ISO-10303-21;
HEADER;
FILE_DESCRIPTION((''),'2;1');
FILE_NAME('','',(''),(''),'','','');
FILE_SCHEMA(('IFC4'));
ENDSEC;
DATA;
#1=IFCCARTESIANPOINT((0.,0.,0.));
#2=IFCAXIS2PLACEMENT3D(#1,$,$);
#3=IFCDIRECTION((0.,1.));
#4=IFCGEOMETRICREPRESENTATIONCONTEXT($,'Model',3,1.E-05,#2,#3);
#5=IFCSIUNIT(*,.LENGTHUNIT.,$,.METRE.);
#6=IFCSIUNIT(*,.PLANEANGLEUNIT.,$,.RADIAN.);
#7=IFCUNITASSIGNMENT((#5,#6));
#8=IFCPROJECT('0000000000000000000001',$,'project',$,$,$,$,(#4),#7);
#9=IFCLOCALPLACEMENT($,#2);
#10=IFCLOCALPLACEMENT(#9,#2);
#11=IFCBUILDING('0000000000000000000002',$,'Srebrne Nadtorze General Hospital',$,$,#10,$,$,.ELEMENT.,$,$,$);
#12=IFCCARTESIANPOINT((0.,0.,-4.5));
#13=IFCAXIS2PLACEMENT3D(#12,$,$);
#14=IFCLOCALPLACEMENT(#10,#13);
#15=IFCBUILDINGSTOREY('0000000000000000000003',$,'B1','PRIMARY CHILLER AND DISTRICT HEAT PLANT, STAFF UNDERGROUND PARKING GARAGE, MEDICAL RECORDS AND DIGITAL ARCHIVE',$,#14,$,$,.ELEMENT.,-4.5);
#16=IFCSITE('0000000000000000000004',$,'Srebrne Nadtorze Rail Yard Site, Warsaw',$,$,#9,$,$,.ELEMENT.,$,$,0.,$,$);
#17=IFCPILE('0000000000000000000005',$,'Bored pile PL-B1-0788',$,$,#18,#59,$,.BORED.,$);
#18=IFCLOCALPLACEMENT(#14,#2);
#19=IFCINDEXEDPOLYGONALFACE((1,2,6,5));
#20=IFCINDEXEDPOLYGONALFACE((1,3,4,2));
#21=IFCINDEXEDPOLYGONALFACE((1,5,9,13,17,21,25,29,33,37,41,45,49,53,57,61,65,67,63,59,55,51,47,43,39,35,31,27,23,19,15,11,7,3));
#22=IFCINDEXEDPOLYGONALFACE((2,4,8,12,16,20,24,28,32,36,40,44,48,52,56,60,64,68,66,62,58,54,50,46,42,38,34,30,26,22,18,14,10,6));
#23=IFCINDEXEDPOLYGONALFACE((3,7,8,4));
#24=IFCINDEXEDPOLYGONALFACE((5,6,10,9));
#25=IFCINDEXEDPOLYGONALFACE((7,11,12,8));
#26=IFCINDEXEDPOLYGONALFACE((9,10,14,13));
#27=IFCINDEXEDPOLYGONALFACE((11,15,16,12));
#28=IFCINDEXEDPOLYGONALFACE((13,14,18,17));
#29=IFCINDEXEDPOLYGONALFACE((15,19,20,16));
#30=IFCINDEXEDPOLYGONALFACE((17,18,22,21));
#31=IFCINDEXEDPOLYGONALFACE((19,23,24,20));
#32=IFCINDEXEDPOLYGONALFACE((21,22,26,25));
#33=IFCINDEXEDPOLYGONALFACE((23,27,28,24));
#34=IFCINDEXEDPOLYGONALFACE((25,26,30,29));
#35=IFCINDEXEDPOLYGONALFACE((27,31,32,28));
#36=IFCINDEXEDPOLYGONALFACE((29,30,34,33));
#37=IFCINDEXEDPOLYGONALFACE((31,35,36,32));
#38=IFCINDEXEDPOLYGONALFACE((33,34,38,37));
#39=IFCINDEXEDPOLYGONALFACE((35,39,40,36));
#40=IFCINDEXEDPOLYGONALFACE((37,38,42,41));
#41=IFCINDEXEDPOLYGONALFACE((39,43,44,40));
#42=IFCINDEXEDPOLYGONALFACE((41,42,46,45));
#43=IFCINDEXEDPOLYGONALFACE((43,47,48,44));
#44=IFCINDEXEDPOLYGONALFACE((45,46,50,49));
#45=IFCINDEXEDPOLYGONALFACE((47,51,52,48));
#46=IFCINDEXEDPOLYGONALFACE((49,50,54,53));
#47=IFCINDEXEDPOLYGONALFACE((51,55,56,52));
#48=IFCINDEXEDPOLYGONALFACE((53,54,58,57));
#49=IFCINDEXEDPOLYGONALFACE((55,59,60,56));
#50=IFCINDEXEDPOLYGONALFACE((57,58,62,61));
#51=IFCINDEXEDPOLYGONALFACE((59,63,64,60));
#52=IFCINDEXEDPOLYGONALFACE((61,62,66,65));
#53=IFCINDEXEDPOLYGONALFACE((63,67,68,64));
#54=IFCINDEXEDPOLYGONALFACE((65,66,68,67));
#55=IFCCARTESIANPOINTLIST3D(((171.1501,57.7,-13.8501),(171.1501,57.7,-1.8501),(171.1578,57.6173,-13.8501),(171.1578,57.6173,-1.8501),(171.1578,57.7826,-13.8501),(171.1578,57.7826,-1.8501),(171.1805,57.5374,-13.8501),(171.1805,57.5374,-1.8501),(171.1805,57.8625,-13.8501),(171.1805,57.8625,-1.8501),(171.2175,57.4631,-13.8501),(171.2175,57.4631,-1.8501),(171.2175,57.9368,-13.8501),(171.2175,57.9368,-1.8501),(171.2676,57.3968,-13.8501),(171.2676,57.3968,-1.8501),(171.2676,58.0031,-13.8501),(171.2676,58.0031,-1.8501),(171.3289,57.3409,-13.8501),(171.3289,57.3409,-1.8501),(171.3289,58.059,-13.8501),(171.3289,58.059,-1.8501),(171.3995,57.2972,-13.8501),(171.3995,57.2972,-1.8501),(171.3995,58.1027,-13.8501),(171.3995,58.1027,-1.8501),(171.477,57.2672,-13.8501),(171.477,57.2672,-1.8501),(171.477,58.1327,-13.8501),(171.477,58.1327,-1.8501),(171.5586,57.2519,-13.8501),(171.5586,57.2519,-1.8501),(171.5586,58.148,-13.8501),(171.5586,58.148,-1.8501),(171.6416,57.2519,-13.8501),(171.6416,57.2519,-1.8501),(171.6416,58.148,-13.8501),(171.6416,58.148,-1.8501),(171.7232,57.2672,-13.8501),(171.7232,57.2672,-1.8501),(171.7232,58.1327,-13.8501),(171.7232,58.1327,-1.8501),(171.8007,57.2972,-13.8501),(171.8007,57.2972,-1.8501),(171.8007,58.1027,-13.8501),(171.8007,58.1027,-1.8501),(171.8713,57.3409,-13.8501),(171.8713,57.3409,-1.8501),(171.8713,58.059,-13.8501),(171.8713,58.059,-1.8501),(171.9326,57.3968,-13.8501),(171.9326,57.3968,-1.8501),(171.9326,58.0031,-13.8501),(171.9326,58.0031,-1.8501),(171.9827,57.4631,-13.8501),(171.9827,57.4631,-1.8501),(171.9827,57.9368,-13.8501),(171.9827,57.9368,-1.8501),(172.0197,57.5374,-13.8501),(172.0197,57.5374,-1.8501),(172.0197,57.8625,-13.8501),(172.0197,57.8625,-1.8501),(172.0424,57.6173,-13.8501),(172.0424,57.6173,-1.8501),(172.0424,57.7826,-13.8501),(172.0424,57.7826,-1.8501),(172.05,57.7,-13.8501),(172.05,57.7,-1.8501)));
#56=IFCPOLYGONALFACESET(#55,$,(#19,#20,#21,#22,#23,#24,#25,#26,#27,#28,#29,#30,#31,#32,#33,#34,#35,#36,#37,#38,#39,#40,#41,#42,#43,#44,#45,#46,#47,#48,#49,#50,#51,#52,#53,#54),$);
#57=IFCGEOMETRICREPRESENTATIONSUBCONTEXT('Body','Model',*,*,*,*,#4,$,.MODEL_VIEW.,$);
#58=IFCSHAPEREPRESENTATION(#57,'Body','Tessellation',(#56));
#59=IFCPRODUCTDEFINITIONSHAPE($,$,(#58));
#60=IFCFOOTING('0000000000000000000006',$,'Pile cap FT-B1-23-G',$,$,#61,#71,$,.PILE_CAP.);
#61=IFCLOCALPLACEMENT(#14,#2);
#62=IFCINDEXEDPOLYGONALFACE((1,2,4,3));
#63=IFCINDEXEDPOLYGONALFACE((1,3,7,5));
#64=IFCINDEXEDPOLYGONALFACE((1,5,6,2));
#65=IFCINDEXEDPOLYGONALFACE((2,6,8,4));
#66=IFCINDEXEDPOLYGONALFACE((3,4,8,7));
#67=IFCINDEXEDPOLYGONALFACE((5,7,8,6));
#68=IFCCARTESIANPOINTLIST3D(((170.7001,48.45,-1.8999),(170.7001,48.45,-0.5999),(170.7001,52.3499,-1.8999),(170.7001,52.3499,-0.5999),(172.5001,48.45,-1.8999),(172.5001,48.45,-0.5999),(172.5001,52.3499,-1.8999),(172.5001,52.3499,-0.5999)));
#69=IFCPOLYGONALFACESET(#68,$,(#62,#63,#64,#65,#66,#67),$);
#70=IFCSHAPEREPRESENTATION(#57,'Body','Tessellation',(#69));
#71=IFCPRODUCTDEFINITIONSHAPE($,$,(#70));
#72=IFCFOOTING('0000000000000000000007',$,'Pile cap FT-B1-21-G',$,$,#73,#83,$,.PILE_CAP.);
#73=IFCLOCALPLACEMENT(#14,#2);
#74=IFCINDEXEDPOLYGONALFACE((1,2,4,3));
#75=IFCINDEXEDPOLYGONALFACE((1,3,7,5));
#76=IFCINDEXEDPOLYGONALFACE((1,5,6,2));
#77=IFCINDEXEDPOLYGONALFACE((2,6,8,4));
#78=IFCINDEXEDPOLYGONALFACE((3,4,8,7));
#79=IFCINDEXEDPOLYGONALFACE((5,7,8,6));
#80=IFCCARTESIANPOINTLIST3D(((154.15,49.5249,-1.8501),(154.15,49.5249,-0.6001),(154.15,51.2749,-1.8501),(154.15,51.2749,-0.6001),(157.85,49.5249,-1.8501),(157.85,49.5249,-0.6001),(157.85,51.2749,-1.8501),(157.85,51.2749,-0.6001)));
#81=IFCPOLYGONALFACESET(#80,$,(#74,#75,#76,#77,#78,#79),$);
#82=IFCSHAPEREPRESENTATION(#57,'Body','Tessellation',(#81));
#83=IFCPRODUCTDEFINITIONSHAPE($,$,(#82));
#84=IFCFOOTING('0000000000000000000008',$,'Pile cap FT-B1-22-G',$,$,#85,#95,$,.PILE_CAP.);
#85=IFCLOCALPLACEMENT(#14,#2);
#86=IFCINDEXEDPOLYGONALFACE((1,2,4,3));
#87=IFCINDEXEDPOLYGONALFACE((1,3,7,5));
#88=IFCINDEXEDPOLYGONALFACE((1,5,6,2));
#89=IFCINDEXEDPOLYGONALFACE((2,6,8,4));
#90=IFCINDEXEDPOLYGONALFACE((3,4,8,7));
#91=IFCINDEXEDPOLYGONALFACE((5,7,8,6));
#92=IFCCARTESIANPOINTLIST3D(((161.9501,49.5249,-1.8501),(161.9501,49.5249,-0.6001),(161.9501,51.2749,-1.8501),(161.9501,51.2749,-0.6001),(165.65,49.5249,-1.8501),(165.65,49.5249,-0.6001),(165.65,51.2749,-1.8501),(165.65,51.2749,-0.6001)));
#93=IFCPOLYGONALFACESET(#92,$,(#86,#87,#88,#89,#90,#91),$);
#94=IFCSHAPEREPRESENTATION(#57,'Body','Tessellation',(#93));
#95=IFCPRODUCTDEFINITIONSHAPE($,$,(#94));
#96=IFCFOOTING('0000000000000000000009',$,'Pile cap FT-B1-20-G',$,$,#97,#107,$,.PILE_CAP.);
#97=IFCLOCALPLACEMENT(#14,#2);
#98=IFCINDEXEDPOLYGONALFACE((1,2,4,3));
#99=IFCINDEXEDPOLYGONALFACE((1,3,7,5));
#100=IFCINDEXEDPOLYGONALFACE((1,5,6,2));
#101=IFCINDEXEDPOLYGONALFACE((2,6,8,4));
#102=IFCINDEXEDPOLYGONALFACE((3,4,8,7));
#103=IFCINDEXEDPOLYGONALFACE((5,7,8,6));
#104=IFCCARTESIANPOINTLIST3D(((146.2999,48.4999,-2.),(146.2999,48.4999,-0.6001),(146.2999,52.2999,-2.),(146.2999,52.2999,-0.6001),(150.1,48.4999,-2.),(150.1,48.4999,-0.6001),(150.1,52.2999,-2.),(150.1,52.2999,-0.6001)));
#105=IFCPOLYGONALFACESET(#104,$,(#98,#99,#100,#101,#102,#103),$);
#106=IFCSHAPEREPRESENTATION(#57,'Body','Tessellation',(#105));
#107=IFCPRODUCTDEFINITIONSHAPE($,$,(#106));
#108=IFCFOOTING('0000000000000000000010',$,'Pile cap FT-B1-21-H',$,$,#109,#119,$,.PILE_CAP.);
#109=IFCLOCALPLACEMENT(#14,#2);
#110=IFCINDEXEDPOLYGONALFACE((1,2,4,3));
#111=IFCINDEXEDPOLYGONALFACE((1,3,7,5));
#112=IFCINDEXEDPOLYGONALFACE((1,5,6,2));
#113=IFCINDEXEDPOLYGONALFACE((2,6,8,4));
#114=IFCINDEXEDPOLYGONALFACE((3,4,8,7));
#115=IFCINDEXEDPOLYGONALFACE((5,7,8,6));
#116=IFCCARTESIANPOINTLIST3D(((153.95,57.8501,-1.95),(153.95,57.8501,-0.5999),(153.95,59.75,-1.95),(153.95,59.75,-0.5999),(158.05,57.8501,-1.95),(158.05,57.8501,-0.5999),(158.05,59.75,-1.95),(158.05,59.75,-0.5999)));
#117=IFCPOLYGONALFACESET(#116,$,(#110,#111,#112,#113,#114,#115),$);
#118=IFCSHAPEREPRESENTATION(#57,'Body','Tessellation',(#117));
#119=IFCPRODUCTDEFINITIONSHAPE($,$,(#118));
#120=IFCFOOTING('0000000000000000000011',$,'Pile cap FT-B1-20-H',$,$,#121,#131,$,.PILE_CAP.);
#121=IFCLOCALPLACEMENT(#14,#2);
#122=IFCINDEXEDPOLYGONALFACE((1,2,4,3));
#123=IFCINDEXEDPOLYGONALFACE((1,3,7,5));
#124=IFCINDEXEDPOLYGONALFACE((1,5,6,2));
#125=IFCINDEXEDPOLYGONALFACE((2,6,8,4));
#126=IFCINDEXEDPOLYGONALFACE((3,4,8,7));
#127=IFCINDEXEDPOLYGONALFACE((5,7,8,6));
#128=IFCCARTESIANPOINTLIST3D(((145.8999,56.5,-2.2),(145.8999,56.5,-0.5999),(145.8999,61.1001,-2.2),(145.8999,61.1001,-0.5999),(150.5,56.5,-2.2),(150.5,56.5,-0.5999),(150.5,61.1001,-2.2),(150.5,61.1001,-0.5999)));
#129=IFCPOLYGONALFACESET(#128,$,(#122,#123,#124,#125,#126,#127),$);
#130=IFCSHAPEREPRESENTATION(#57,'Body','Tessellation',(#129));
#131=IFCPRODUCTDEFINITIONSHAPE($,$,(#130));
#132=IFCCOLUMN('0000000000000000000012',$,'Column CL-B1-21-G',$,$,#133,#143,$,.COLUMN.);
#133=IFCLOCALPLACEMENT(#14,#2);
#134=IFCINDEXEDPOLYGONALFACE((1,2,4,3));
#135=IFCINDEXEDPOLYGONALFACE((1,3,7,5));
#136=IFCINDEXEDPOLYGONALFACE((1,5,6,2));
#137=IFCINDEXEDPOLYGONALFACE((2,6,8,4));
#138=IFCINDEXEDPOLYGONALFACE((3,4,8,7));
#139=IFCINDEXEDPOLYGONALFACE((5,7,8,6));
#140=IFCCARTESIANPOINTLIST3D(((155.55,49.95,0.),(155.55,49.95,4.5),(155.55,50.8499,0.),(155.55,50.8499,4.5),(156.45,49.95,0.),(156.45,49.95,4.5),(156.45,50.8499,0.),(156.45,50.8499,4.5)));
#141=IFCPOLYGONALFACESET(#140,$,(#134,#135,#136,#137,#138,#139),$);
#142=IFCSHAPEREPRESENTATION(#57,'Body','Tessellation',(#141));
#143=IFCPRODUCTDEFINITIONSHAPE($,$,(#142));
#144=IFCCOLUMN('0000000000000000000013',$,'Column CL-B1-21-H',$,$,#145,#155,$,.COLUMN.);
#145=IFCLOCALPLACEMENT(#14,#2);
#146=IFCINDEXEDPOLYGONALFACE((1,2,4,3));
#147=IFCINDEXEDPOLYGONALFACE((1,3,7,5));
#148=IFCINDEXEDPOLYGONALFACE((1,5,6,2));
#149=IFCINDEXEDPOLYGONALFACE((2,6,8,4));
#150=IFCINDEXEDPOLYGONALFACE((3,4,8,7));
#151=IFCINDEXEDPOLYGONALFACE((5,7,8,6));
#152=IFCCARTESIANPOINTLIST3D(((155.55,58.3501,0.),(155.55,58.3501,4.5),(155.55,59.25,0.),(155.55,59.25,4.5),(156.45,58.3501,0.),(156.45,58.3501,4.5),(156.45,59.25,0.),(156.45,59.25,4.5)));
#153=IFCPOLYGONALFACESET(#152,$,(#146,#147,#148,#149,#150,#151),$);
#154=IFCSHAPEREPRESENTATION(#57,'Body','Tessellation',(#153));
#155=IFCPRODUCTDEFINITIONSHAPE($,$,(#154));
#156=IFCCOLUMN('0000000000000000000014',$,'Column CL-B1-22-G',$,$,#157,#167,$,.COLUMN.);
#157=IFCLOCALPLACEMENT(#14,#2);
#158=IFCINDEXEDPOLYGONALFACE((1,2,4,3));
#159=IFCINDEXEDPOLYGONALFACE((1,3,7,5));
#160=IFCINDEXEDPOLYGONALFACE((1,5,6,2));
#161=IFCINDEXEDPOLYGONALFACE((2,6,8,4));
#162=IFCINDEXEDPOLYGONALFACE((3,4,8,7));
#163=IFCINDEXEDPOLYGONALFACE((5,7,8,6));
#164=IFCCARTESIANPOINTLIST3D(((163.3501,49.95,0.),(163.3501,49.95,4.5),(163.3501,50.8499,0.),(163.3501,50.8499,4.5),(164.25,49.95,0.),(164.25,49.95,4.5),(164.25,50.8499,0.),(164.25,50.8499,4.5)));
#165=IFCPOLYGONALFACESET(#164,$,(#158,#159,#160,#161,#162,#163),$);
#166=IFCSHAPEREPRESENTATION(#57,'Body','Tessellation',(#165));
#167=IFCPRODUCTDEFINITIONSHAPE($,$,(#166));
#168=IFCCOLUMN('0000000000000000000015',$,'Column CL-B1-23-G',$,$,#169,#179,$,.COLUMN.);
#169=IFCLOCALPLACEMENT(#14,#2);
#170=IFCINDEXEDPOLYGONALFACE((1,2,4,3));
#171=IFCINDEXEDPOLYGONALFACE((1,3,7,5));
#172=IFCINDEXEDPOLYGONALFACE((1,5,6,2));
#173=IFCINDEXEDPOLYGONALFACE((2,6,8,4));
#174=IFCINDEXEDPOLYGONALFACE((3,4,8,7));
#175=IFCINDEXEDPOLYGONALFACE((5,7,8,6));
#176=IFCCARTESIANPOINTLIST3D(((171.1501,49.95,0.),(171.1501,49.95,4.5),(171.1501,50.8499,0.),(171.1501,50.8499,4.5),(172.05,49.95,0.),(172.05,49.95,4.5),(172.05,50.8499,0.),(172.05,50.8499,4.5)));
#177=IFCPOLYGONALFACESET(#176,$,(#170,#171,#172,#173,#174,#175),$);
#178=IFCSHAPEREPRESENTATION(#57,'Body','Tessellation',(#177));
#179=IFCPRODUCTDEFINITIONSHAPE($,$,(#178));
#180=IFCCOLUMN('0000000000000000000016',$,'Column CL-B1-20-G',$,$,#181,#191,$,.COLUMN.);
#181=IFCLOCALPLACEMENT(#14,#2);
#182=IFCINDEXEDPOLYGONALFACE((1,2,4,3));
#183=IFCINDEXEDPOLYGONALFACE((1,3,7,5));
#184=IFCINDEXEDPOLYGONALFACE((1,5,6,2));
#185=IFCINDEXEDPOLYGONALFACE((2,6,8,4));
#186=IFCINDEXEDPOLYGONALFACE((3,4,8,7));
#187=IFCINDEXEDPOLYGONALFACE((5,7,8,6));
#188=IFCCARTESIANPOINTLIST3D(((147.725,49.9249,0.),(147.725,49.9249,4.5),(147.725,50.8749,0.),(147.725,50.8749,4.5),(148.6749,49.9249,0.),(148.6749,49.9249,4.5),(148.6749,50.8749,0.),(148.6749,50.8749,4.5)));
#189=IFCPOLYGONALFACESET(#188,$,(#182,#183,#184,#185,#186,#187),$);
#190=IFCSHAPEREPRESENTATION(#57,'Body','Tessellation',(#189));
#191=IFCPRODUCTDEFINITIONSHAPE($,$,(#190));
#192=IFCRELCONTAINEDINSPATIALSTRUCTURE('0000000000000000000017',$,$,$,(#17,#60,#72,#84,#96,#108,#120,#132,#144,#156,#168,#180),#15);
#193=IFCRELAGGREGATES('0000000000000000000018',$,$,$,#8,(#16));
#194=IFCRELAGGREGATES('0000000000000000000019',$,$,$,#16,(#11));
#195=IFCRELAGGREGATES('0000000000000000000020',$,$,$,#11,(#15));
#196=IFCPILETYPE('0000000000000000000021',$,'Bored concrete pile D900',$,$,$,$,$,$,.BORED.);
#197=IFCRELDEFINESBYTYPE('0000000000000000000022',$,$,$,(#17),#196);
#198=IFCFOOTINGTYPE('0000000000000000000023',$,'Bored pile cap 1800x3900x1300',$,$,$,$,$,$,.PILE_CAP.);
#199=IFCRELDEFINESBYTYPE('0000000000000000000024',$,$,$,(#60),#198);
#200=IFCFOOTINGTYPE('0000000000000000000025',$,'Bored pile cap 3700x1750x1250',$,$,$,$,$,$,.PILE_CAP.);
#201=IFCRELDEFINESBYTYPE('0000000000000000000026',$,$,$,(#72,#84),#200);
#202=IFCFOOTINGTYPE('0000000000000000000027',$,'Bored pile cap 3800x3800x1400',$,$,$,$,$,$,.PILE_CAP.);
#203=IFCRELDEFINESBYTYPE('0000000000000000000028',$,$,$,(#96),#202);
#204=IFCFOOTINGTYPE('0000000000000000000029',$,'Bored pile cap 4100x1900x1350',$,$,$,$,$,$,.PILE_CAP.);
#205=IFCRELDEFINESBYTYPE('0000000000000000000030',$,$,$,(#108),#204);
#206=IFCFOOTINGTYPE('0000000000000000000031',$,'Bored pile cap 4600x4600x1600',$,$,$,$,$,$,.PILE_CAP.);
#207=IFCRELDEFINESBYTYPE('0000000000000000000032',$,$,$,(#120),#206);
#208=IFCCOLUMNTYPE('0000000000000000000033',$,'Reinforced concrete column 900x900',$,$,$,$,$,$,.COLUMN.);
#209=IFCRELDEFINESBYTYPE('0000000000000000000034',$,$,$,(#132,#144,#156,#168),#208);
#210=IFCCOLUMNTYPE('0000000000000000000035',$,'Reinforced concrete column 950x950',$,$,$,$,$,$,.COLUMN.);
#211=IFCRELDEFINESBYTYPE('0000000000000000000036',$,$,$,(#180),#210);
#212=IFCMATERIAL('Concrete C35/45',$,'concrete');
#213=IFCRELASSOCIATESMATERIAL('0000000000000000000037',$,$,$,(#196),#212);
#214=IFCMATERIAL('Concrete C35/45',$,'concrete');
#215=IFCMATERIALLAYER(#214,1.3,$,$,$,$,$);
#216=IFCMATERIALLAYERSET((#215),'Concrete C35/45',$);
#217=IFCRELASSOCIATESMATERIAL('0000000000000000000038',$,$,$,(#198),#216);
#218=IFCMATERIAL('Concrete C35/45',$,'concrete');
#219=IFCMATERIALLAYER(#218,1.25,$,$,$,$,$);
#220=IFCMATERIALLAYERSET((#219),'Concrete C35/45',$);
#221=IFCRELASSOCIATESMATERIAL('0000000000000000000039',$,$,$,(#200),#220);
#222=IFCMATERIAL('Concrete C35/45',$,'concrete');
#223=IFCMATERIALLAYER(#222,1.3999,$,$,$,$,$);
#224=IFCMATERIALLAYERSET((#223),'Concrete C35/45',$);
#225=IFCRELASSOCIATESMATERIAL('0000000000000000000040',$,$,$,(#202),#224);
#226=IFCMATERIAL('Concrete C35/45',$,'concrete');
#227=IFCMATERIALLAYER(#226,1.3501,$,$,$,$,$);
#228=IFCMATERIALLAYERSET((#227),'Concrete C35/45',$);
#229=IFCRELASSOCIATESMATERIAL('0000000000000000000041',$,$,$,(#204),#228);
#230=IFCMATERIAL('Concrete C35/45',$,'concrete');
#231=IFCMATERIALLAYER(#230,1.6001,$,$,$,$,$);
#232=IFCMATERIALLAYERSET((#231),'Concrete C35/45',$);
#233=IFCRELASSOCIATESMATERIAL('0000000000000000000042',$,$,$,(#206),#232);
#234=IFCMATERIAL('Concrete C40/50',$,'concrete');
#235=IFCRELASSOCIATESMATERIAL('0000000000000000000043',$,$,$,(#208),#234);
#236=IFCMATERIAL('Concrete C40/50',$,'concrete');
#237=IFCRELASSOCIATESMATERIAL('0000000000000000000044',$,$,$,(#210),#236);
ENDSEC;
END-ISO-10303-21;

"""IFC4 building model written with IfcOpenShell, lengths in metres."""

from ifc_helpers import new_model, si_unit, direction, frame, origin, origin_2d, place, context, subcontext, project, spatial, rectangle, circle, extrude, material, layer, layer_set, material_profile, profile_set, type_object, element, save


model = new_model("IFC4")

# Units and contexts
model_context = context("Model", 3, precision=1e-05, world=origin(), true_north=direction((0.0, 1.0)))
body_context = subcontext(model_context, "Body", "Model", "MODEL_VIEW")
ifc_project = project(units=[si_unit("LENGTHUNIT", "METRE"), si_unit("PLANEANGLEUNIT", "RADIAN")], contexts=[model_context])

# Site, building, storey
site_placement = place(None, origin())
site = spatial("IfcSite", under=ifc_project, at=site_placement, Name="Srebrne Nadtorze Rail Yard Site, Warsaw", CompositionType="ELEMENT", RefElevation=0.0)
building_placement = place(site_placement, origin())
building = spatial("IfcBuilding", under=site, at=building_placement, Name="Srebrne Nadtorze General Hospital", CompositionType="ELEMENT")
storey_placement = place(building_placement, frame((0.0, 0.0, -4.5)))
storey = spatial("IfcBuildingStorey", under=building, at=storey_placement, Name="B1", Description="PRIMARY CHILLER AND DISTRICT HEAT PLANT, STAFF UNDERGROUND PARKING GARAGE, MEDICAL RECORDS AND DIGITAL ARCHIVE", CompositionType="ELEMENT", Elevation=-4.5)

# Pile
ifc_material_1 = material(Name="Concrete C35/45", Category="concrete")
ifc_material_profile_1 = material_profile(ifc_material_1, circle(Radius=0.45, at=origin_2d()), Name="PILE-D900")
ifc_profile_set_1 = profile_set([ifc_material_profile_1], Name="Concrete C35/45")
pile_type_1 = type_object("IfcPileType", Name="Bored concrete pile D900", PredefinedType="BORED", material=ifc_profile_set_1)
for number, where, z_axis, x_axis, name in (
    (1, (171.6001, 57.7, -1.8501), (0.0, 0.0, -1.0), (1.0, 0.0, 0.0), "Bored pile PL-B1-0788"),
):
    element("IfcPile", number, at=place(storey_placement, frame(where, z_axis=z_axis, x_axis=x_axis)), inside=storey, type_object=pile_type_1, Name=name, PredefinedType="BORED", context=body_context, shape_type="SweptSolid", body=[
        extrude(circle(Radius=0.45, at=origin_2d()), origin(), (0.0, 0.0, 1.0), 12.0),
    ])

# Footings
ifc_material_2 = material(Name="Concrete C35/45", Category="concrete")
ifc_layer_1 = layer(ifc_material_2, 1.3)
ifc_layer_set_1 = layer_set([ifc_layer_1], Name="Concrete C35/45")
footing_type_1 = type_object("IfcFootingType", Name="Bored pile cap 1800x3900x1300", PredefinedType="PILE_CAP", material=ifc_layer_set_1)
footing_1_placement = place(storey_placement, frame((171.6001, 50.3999, -1.8999), z_axis=(0.0, 0.0, 1.0), x_axis=(1.0, 0.0, 0.0)))
element("IfcFooting", 2, at=footing_1_placement, inside=storey, type_object=footing_type_1, Name="Pile cap FT-B1-23-G", PredefinedType="PILE_CAP", context=body_context, shape_type="SweptSolid", body=[
    extrude(rectangle(XDim=1.8, YDim=3.8999, at=origin_2d()), origin(), (0.0, 0.0, 1.0), 1.3),
])
ifc_material_3 = material(Name="Concrete C35/45", Category="concrete")
ifc_layer_2 = layer(ifc_material_3, 1.25)
ifc_layer_set_2 = layer_set([ifc_layer_2], Name="Concrete C35/45")
footing_type_2 = type_object("IfcFootingType", Name="Bored pile cap 3700x1750x1250", PredefinedType="PILE_CAP", material=ifc_layer_set_2)
for number, where, z_axis, x_axis, name in (
    (3, (156.0, 50.3999, -1.8501), (0.0, 0.0, 1.0), (1.0, 0.0, 0.0), "Pile cap FT-B1-21-G"),
    (4, (163.8, 50.3999, -1.8501), (0.0, 0.0, 1.0), (1.0, 0.0, 0.0), "Pile cap FT-B1-22-G"),
):
    element("IfcFooting", number, at=place(storey_placement, frame(where, z_axis=z_axis, x_axis=x_axis)), inside=storey, type_object=footing_type_2, Name=name, PredefinedType="PILE_CAP", context=body_context, shape_type="SweptSolid", body=[
        extrude(rectangle(XDim=3.7, YDim=1.75, at=origin_2d()), origin(), (0.0, 0.0, 1.0), 1.25),
    ])
ifc_material_4 = material(Name="Concrete C35/45", Category="concrete")
ifc_layer_3 = layer(ifc_material_4, 1.3999)
ifc_layer_set_3 = layer_set([ifc_layer_3], Name="Concrete C35/45")
footing_type_3 = type_object("IfcFootingType", Name="Bored pile cap 3800x3800x1400", PredefinedType="PILE_CAP", material=ifc_layer_set_3)
footing_2_placement = place(storey_placement, frame((148.2, 50.3999, -2.0), z_axis=(0.0, 0.0, 1.0), x_axis=(1.0, 0.0, 0.0)))
element("IfcFooting", 5, at=footing_2_placement, inside=storey, type_object=footing_type_3, Name="Pile cap FT-B1-20-G", PredefinedType="PILE_CAP", context=body_context, shape_type="SweptSolid", body=[
    extrude(rectangle(XDim=3.8, YDim=3.8, at=origin_2d()), origin(), (0.0, 0.0, 1.0), 1.3999),
])
ifc_material_5 = material(Name="Concrete C35/45", Category="concrete")
ifc_layer_4 = layer(ifc_material_5, 1.3501)
ifc_layer_set_4 = layer_set([ifc_layer_4], Name="Concrete C35/45")
footing_type_4 = type_object("IfcFootingType", Name="Bored pile cap 4100x1900x1350", PredefinedType="PILE_CAP", material=ifc_layer_set_4)
footing_3_placement = place(storey_placement, frame((156.0, 58.8, -1.95), z_axis=(0.0, 0.0, 1.0), x_axis=(1.0, 0.0, 0.0)))
element("IfcFooting", 6, at=footing_3_placement, inside=storey, type_object=footing_type_4, Name="Pile cap FT-B1-21-H", PredefinedType="PILE_CAP", context=body_context, shape_type="SweptSolid", body=[
    extrude(rectangle(XDim=4.1001, YDim=1.8999, at=origin_2d()), origin(), (0.0, 0.0, 1.0), 1.3501),
])
ifc_material_6 = material(Name="Concrete C35/45", Category="concrete")
ifc_layer_5 = layer(ifc_material_6, 1.6001)
ifc_layer_set_5 = layer_set([ifc_layer_5], Name="Concrete C35/45")
footing_type_5 = type_object("IfcFootingType", Name="Bored pile cap 4600x4600x1600", PredefinedType="PILE_CAP", material=ifc_layer_set_5)
footing_4_placement = place(storey_placement, frame((148.2, 58.8, -2.2), z_axis=(0.0, 0.0, 1.0), x_axis=(1.0, 0.0, 0.0)))
element("IfcFooting", 7, at=footing_4_placement, inside=storey, type_object=footing_type_5, Name="Pile cap FT-B1-20-H", PredefinedType="PILE_CAP", context=body_context, shape_type="SweptSolid", body=[
    extrude(rectangle(XDim=4.6001, YDim=4.6001, at=origin_2d()), origin(), (0.0, 0.0, 1.0), 1.6001),
])

# Columns
ifc_material_7 = material(Name="Concrete C40/50", Category="concrete")
ifc_material_profile_2 = material_profile(ifc_material_7, rectangle(XDim=0.8999, YDim=0.8999, at=origin_2d()), Name="RC-COL-900x900")
ifc_profile_set_2 = profile_set([ifc_material_profile_2], Name="Concrete C40/50")
column_type_1 = type_object("IfcColumnType", Name="Reinforced concrete column 900x900", PredefinedType="COLUMN", material=ifc_profile_set_2)
for number, where, z_axis, x_axis, name in (
    (8, (156.0, 50.3999, 0.0), (0.0, 0.0, 1.0), (1.0, 0.0, 0.0), "Column CL-B1-21-G"),
    (9, (156.0, 58.8, 0.0), (0.0, 0.0, 1.0), (1.0, 0.0, 0.0), "Column CL-B1-21-H"),
    (10, (163.8, 50.3999, 0.0), (0.0, 0.0, 1.0), (1.0, 0.0, 0.0), "Column CL-B1-22-G"),
    (11, (171.6001, 50.3999, 0.0), (0.0, 0.0, 1.0), (1.0, 0.0, 0.0), "Column CL-B1-23-G"),
):
    element("IfcColumn", number, at=place(storey_placement, frame(where, z_axis=z_axis, x_axis=x_axis)), inside=storey, type_object=column_type_1, Name=name, PredefinedType="COLUMN", context=body_context, shape_type="SweptSolid", body=[
        extrude(rectangle(XDim=0.8999, YDim=0.8999, at=origin_2d()), origin(), (0.0, 0.0, 1.0), 4.5),
    ])
ifc_material_8 = material(Name="Concrete C40/50", Category="concrete")
ifc_material_profile_3 = material_profile(ifc_material_8, rectangle(XDim=0.95, YDim=0.95, at=origin_2d()), Name="RC-COL-950x950")
ifc_profile_set_3 = profile_set([ifc_material_profile_3], Name="Concrete C40/50")
column_type_2 = type_object("IfcColumnType", Name="Reinforced concrete column 950x950", PredefinedType="COLUMN", material=ifc_profile_set_3)
for number, where, z_axis, x_axis, name in (
    (12, (148.2, 50.3999, 0.0), (0.0, 0.0, 1.0), (1.0, 0.0, 0.0), "Column CL-B1-20-G"),
):
    element("IfcColumn", number, at=place(storey_placement, frame(where, z_axis=z_axis, x_axis=x_axis)), inside=storey, type_object=column_type_2, Name=name, PredefinedType="COLUMN", context=body_context, shape_type="SweptSolid", body=[
        extrude(rectangle(XDim=0.95, YDim=0.95, at=origin_2d()), origin(), (0.0, 0.0, 1.0), 4.5),
    ])

save(model, "model.ifc")
